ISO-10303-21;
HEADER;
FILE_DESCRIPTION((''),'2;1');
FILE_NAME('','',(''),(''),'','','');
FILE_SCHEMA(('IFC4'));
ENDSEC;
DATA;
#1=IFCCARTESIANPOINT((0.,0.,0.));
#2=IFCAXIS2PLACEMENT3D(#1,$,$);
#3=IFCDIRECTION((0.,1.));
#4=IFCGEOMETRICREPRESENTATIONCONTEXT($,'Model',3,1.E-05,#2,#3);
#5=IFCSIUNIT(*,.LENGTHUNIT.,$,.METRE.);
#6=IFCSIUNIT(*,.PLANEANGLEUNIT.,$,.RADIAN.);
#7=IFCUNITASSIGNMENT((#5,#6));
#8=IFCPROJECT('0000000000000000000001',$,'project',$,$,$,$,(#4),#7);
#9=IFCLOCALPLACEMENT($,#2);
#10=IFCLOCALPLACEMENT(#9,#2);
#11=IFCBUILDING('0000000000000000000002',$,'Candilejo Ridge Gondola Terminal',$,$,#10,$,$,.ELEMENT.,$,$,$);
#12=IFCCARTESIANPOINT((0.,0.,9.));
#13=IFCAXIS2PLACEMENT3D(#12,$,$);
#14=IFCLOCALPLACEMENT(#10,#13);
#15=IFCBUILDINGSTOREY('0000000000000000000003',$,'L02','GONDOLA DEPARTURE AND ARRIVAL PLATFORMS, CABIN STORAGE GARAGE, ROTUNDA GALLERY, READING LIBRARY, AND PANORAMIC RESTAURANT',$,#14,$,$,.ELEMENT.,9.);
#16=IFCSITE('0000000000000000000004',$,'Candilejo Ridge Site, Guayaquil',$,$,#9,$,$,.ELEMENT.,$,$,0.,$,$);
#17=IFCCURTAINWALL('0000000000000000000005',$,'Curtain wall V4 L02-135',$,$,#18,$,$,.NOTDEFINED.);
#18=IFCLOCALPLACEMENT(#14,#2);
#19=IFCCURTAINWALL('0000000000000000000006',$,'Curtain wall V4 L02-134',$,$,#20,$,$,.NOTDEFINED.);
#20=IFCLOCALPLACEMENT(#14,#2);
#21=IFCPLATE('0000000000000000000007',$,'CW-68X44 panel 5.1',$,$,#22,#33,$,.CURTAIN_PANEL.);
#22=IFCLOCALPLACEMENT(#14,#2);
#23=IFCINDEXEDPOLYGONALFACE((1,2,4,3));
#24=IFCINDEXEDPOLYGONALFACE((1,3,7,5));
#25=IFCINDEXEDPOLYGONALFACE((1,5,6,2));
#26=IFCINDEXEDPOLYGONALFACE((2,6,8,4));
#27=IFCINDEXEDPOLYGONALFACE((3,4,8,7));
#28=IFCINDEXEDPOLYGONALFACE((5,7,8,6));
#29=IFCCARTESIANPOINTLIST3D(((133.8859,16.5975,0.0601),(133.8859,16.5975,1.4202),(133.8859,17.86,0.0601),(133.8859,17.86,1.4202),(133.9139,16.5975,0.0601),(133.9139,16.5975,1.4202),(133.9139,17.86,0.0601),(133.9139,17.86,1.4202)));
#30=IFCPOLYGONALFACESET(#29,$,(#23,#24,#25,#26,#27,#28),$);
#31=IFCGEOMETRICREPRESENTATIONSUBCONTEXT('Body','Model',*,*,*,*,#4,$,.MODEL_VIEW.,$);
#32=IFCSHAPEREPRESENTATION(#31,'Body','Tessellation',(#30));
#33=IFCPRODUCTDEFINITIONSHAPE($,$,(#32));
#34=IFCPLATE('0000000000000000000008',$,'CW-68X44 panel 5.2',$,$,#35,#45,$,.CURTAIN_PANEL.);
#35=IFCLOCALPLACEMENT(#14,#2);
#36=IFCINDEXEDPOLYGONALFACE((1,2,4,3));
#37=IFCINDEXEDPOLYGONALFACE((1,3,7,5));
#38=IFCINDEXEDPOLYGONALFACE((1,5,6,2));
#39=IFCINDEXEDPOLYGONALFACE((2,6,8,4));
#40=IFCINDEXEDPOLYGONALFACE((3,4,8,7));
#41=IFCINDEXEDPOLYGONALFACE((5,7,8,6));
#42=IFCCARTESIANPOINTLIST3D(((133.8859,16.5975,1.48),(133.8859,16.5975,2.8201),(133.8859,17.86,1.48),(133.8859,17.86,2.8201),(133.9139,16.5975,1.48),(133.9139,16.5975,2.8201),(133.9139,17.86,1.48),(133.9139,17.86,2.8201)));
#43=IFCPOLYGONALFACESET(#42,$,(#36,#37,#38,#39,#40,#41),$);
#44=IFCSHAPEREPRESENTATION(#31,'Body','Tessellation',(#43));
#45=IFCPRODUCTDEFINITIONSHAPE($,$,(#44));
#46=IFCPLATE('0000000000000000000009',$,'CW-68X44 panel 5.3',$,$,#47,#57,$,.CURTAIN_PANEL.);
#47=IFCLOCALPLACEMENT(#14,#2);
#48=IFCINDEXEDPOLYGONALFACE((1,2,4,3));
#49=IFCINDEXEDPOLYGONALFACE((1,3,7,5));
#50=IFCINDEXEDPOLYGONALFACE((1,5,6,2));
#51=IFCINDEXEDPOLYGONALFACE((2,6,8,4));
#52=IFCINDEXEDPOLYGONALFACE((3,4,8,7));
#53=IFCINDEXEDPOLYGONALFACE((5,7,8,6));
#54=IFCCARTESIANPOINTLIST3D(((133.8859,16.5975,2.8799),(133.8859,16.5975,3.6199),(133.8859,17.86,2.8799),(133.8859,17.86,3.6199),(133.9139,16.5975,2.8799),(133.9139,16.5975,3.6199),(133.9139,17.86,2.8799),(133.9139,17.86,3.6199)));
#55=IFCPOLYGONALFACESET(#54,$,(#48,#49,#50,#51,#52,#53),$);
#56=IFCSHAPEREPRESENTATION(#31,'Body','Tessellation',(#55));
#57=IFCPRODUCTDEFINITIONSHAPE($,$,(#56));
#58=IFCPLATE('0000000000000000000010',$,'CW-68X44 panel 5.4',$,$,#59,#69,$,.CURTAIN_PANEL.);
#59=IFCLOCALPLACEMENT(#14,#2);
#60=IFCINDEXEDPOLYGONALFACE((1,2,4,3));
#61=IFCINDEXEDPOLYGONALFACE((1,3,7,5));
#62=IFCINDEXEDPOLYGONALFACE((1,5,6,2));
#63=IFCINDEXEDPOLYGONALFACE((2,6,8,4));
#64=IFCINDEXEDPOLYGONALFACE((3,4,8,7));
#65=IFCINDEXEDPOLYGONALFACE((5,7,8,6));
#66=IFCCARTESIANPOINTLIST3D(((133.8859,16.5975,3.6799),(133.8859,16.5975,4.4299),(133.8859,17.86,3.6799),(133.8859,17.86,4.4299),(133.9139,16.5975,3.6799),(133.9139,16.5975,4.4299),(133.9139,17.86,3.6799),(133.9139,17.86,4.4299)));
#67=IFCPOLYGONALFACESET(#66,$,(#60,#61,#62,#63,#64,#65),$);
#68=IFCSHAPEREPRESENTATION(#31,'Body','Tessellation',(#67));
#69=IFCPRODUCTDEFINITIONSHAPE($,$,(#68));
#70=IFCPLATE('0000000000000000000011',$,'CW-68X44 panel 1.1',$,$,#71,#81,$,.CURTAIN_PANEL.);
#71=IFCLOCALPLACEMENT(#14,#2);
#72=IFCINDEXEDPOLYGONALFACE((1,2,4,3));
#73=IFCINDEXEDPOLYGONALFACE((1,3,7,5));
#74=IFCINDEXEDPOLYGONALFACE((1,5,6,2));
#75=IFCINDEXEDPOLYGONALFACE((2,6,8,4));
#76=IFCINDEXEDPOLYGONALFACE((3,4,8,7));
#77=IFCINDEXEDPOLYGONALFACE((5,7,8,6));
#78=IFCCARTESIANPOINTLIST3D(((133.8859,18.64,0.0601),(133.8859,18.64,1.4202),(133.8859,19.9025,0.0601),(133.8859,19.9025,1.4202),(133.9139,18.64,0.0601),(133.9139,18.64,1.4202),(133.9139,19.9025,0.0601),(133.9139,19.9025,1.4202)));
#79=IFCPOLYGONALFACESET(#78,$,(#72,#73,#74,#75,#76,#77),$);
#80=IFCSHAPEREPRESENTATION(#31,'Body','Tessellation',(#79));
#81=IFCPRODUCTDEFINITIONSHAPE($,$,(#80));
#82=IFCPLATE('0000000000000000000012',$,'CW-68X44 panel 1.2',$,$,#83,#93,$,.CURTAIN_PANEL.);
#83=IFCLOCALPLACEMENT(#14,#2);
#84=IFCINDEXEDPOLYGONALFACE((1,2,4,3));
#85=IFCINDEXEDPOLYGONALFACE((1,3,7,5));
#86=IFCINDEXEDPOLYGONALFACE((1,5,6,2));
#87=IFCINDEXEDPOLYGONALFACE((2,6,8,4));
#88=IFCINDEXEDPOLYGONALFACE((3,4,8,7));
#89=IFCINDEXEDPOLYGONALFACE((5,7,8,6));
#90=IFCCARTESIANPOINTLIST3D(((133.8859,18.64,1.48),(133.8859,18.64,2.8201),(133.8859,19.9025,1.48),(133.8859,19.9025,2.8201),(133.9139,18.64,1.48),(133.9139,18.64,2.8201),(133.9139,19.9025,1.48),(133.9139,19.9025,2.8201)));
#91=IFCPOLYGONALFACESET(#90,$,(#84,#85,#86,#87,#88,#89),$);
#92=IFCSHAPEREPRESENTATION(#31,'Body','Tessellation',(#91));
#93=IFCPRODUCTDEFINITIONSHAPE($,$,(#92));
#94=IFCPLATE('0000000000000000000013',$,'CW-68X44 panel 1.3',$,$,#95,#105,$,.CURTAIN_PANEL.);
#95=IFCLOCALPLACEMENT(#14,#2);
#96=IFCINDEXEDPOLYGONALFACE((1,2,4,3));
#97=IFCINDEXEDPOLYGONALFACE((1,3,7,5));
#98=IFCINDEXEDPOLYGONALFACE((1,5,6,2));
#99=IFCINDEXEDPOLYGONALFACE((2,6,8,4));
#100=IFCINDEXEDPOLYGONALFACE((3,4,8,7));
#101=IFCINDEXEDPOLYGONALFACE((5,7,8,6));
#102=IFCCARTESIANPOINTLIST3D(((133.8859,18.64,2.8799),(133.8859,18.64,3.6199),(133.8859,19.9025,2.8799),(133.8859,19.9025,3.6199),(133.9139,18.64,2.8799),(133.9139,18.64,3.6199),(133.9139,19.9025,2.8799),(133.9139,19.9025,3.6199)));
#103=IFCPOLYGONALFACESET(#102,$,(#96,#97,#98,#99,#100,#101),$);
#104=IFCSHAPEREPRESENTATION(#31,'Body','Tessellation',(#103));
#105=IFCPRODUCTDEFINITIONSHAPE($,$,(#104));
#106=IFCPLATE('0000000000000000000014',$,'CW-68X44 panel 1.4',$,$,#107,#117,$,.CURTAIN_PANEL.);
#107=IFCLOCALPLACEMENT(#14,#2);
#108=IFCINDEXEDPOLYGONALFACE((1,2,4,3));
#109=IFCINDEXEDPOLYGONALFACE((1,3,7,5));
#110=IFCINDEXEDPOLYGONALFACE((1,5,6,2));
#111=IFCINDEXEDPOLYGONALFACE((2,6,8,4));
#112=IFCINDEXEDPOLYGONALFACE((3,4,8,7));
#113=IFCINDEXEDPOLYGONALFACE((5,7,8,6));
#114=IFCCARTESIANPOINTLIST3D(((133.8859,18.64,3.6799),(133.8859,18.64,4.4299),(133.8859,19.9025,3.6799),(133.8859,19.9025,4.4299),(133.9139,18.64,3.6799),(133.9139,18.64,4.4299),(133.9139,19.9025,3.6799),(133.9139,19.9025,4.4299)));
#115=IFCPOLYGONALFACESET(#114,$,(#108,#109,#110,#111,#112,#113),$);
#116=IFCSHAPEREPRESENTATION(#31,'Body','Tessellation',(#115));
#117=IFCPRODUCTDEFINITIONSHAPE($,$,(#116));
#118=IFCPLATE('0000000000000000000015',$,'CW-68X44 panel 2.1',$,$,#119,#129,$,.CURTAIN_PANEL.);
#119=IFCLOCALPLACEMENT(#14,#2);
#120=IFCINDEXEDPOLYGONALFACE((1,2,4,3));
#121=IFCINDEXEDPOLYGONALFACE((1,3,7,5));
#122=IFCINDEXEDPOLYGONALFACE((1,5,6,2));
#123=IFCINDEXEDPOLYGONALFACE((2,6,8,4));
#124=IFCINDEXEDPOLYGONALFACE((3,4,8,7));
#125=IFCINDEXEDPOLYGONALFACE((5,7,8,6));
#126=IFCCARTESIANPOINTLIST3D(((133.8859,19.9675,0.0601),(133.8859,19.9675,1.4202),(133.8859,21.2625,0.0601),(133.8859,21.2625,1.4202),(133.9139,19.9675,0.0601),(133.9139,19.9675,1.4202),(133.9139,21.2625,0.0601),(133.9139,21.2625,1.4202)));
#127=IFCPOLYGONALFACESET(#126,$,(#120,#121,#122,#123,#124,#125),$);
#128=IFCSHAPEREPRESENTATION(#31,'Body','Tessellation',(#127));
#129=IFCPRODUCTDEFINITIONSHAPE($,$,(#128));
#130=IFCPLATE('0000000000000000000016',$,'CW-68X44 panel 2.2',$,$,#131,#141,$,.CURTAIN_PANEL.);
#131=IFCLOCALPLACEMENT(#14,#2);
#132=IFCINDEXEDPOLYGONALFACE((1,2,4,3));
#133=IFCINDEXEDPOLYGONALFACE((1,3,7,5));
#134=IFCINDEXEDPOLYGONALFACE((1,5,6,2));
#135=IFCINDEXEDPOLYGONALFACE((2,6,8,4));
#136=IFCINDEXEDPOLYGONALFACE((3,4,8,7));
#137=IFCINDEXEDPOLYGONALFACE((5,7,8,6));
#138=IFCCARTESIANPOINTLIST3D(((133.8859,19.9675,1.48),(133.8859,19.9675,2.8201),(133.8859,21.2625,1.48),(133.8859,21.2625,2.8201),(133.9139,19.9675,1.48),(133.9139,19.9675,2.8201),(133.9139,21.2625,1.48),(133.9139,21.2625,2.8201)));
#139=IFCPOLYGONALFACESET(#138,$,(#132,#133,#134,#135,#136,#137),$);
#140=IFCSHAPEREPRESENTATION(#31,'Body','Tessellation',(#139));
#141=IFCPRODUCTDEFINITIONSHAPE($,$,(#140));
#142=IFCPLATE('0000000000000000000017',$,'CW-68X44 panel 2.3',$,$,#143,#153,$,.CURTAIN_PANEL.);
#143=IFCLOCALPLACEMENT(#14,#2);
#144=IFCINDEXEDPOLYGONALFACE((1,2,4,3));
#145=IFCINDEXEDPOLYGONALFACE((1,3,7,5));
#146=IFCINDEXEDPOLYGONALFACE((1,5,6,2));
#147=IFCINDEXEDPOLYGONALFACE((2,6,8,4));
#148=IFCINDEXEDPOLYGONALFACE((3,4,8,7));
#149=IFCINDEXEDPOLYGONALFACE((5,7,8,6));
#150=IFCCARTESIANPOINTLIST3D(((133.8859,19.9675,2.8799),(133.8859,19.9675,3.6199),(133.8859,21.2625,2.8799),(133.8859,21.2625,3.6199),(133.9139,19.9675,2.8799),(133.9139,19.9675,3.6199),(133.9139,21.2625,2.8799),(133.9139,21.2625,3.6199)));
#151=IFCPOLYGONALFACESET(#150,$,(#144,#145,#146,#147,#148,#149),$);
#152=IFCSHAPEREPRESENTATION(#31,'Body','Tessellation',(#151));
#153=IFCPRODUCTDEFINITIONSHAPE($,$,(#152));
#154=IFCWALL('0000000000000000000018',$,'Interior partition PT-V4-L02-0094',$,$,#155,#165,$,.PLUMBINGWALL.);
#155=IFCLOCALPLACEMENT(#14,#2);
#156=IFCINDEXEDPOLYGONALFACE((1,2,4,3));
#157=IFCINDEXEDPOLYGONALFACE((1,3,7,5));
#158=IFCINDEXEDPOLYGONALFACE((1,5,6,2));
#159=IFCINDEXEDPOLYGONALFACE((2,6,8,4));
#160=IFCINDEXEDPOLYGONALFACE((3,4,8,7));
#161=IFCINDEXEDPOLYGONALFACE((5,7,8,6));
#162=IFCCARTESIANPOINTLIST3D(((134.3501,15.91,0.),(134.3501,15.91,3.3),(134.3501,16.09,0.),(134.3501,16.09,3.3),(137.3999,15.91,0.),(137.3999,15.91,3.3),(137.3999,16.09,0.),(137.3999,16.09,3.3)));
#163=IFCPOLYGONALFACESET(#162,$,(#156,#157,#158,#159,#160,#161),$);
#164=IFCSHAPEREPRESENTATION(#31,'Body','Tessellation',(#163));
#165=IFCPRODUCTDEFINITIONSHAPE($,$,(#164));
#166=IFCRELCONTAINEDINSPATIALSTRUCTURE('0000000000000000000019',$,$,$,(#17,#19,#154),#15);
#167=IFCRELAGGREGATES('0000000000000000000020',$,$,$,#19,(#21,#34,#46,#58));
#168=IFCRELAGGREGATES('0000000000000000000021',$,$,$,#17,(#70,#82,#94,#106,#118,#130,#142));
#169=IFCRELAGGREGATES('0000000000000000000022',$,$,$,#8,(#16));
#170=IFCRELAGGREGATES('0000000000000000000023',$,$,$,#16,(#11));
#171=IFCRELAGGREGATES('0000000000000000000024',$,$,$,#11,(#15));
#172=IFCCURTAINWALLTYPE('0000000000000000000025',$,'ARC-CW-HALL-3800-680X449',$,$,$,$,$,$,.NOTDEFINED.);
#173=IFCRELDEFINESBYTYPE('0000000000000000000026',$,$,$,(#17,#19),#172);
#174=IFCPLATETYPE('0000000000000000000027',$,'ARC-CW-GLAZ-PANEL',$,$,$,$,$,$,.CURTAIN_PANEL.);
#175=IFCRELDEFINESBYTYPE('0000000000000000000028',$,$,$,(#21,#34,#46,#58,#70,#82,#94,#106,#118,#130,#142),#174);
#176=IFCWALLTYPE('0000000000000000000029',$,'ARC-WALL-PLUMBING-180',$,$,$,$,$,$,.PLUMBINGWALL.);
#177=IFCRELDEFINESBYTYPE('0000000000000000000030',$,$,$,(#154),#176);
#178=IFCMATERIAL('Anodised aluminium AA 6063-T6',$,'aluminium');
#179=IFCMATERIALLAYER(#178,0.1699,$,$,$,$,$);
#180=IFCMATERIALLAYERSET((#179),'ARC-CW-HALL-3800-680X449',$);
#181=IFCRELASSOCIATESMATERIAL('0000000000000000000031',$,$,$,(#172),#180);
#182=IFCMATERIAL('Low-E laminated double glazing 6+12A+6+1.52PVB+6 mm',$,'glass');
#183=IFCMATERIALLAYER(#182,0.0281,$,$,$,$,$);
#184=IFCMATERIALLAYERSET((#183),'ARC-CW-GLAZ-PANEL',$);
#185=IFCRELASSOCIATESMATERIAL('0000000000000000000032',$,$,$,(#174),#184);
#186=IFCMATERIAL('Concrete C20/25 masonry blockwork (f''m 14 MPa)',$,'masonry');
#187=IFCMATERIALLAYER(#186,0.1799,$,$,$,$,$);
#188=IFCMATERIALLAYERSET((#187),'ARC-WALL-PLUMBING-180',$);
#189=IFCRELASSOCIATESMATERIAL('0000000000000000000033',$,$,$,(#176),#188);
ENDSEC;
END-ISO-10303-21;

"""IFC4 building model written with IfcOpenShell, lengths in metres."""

from ifc_helpers import new_model, si_unit, direction, frame, frame_2d, origin, origin_2d, place, context, subcontext, project, spatial, rectangle, extrude, material, layer, layer_set, type_object, element, aggregate, save


model = new_model("IFC4")

# Units and contexts
model_context = context("Model", 3, precision=1e-05, world=origin(), true_north=direction((0.0, 1.0)))
body_context = subcontext(model_context, "Body", "Model", "MODEL_VIEW")
ifc_project = project(units=[si_unit("LENGTHUNIT", "METRE"), si_unit("PLANEANGLEUNIT", "RADIAN")], contexts=[model_context])

# Site, building, storey
site_placement = place(None, origin())
site = spatial("IfcSite", under=ifc_project, at=site_placement, Name="Candilejo Ridge Site, Guayaquil", CompositionType="ELEMENT", RefElevation=0.0)
building_placement = place(site_placement, origin())
building = spatial("IfcBuilding", under=site, at=building_placement, Name="Candilejo Ridge Gondola Terminal", CompositionType="ELEMENT")
storey_placement = place(building_placement, frame((0.0, 0.0, 9.0)))
storey = spatial("IfcBuildingStorey", under=building, at=storey_placement, Name="L02", Description="GONDOLA DEPARTURE AND ARRIVAL PLATFORMS, CABIN STORAGE GARAGE, ROTUNDA GALLERY, READING LIBRARY, AND PANORAMIC RESTAURANT", CompositionType="ELEMENT", Elevation=9.0)

# Curtain walls
ifc_material_1 = material(Name="Anodised aluminium AA 6063-T6", Category="aluminium")
ifc_layer_1 = layer(ifc_material_1, 0.1699)
ifc_layer_set_1 = layer_set([ifc_layer_1], Name="ARC-CW-HALL-3800-680X449")
curtain_wall_type = type_object("IfcCurtainWallType", Name="ARC-CW-HALL-3800-680X449", PredefinedType="NOTDEFINED", material=ifc_layer_set_1)
curtain_wall_1_placement = place(storey_placement, origin())
curtain_wall_1 = element("IfcCurtainWall", 1, at=curtain_wall_1_placement, inside=storey, type_object=curtain_wall_type, Name="Curtain wall V4 L02-135", PredefinedType="NOTDEFINED")
curtain_wall_2_placement = place(storey_placement, origin())
curtain_wall_2 = element("IfcCurtainWall", 2, at=curtain_wall_2_placement, inside=storey, type_object=curtain_wall_type, Name="Curtain wall V4 L02-134", PredefinedType="NOTDEFINED")

# Plates
ifc_material_2 = material(Name="Low-E laminated double glazing 6+12A+6+1.52PVB+6 mm", Category="glass")
ifc_layer_2 = layer(ifc_material_2, 0.0281)
ifc_layer_set_2 = layer_set([ifc_layer_2], Name="ARC-CW-GLAZ-PANEL")
plate_type = type_object("IfcPlateType", Name="ARC-CW-GLAZ-PANEL", PredefinedType="CURTAIN_PANEL", material=ifc_layer_set_2)
plate_1_placement = place(storey_placement, frame((133.8999, 17.2288, 0.0601), z_axis=(0.0, 0.0, 1.0), x_axis=(0.0, 1.0, 0.0)))
plate_1 = element("IfcPlate", 3, at=plate_1_placement, type_object=plate_type, Name="CW-68X44 panel 5.1", PredefinedType="CURTAIN_PANEL", context=body_context, shape_type="SweptSolid", body=[
    extrude(rectangle(XDim=1.2625, YDim=0.0281, at=origin_2d()), origin(), (0.0, 0.0, 1.0), 1.3601),
])
plate_2_placement = place(storey_placement, frame((133.8999, 17.2288, 1.48), z_axis=(0.0, 0.0, 1.0), x_axis=(0.0, 1.0, 0.0)))
plate_2 = element("IfcPlate", 4, at=plate_2_placement, type_object=plate_type, Name="CW-68X44 panel 5.2", PredefinedType="CURTAIN_PANEL", context=body_context, shape_type="SweptSolid", body=[
    extrude(rectangle(XDim=1.2625, YDim=0.0281, at=origin_2d()), origin(), (0.0, 0.0, 1.0), 1.3401),
])
plate_3_placement = place(storey_placement, frame((133.8999, 17.2288, 2.8799), z_axis=(0.0, 0.0, 1.0), x_axis=(0.0, 1.0, 0.0)))
plate_3 = element("IfcPlate", 5, at=plate_3_placement, type_object=plate_type, Name="CW-68X44 panel 5.3", PredefinedType="CURTAIN_PANEL", context=body_context, shape_type="SweptSolid", body=[
    extrude(rectangle(XDim=1.2625, YDim=0.0281, at=origin_2d()), origin(), (0.0, 0.0, 1.0), 0.74),
])
plate_4_placement = place(storey_placement, frame((133.8999, 17.2288, 3.6799), z_axis=(0.0, 0.0, 1.0), x_axis=(0.0, 1.0, 0.0)))
plate_4 = element("IfcPlate", 6, at=plate_4_placement, type_object=plate_type, Name="CW-68X44 panel 5.4", PredefinedType="CURTAIN_PANEL", context=body_context, shape_type="SweptSolid", body=[
    extrude(rectangle(XDim=1.2625, YDim=0.0281, at=origin_2d()), origin(), (0.0, 0.0, 1.0), 0.75),
])
aggregate(curtain_wall_2, [plate_1, plate_2, plate_3, plate_4])
plate_5_placement = place(storey_placement, frame((133.8999, 19.2712, 0.0601), z_axis=(0.0, 0.0, 1.0), x_axis=(0.0, 1.0, 0.0)))
plate_5 = element("IfcPlate", 7, at=plate_5_placement, type_object=plate_type, Name="CW-68X44 panel 1.1", PredefinedType="CURTAIN_PANEL", context=body_context, shape_type="SweptSolid", body=[
    extrude(rectangle(XDim=1.2625, YDim=0.0281, at=origin_2d()), origin(), (0.0, 0.0, 1.0), 1.3601),
])
plate_6_placement = place(storey_placement, frame((133.8999, 19.2712, 1.48), z_axis=(0.0, 0.0, 1.0), x_axis=(0.0, 1.0, 0.0)))
plate_6 = element("IfcPlate", 8, at=plate_6_placement, type_object=plate_type, Name="CW-68X44 panel 1.2", PredefinedType="CURTAIN_PANEL", context=body_context, shape_type="SweptSolid", body=[
    extrude(rectangle(XDim=1.2625, YDim=0.0281, at=origin_2d()), origin(), (0.0, 0.0, 1.0), 1.3401),
])
plate_7_placement = place(storey_placement, frame((133.8999, 19.2712, 2.8799), z_axis=(0.0, 0.0, 1.0), x_axis=(0.0, 1.0, 0.0)))
plate_7 = element("IfcPlate", 9, at=plate_7_placement, type_object=plate_type, Name="CW-68X44 panel 1.3", PredefinedType="CURTAIN_PANEL", context=body_context, shape_type="SweptSolid", body=[
    extrude(rectangle(XDim=1.2625, YDim=0.0281, at=origin_2d()), origin(), (0.0, 0.0, 1.0), 0.74),
])
plate_8_placement = place(storey_placement, frame((133.8999, 19.2712, 3.6799), z_axis=(0.0, 0.0, 1.0), x_axis=(0.0, 1.0, 0.0)))
plate_8 = element("IfcPlate", 10, at=plate_8_placement, type_object=plate_type, Name="CW-68X44 panel 1.4", PredefinedType="CURTAIN_PANEL", context=body_context, shape_type="SweptSolid", body=[
    extrude(rectangle(XDim=1.2625, YDim=0.0281, at=origin_2d()), origin(), (0.0, 0.0, 1.0), 0.75),
])
plate_9_placement = place(storey_placement, frame((133.8999, 20.615, 0.0601), z_axis=(0.0, 0.0, 1.0), x_axis=(0.0, 1.0, 0.0)))
plate_9 = element("IfcPlate", 11, at=plate_9_placement, type_object=plate_type, Name="CW-68X44 panel 2.1", PredefinedType="CURTAIN_PANEL", context=body_context, shape_type="SweptSolid", body=[
    extrude(rectangle(XDim=1.2949, YDim=0.0281, at=origin_2d()), origin(), (0.0, 0.0, 1.0), 1.3601),
])
plate_10_placement = place(storey_placement, frame((133.8999, 20.615, 1.48), z_axis=(0.0, 0.0, 1.0), x_axis=(0.0, 1.0, 0.0)))
plate_10 = element("IfcPlate", 12, at=plate_10_placement, type_object=plate_type, Name="CW-68X44 panel 2.2", PredefinedType="CURTAIN_PANEL", context=body_context, shape_type="SweptSolid", body=[
    extrude(rectangle(XDim=1.2949, YDim=0.0281, at=origin_2d()), origin(), (0.0, 0.0, 1.0), 1.3401),
])
plate_11_placement = place(storey_placement, frame((133.8999, 20.615, 2.8799), z_axis=(0.0, 0.0, 1.0), x_axis=(0.0, 1.0, 0.0)))
plate_11 = element("IfcPlate", 13, at=plate_11_placement, type_object=plate_type, Name="CW-68X44 panel 2.3", PredefinedType="CURTAIN_PANEL", context=body_context, shape_type="SweptSolid", body=[
    extrude(rectangle(XDim=1.2949, YDim=0.0281, at=origin_2d()), origin(), (0.0, 0.0, 1.0), 0.74),
])
aggregate(curtain_wall_1, [plate_5, plate_6, plate_7, plate_8, plate_9, plate_10, plate_11])

# Wall
ifc_material_3 = material(Name="Concrete C20/25 masonry blockwork (f'm 14 MPa)", Category="masonry")
ifc_layer_3 = layer(ifc_material_3, 0.1799)
ifc_layer_set_3 = layer_set([ifc_layer_3], Name="ARC-WALL-PLUMBING-180")
wall_type = type_object("IfcWallType", Name="ARC-WALL-PLUMBING-180", PredefinedType="PLUMBINGWALL", material=ifc_layer_set_3)
wall_placement = place(storey_placement, frame((134.3501, 16.0, 0.0), z_axis=(0.0, 0.0, 1.0), x_axis=(1.0, 0.0, 0.0)))
element("IfcWall", 14, at=wall_placement, inside=storey, type_object=wall_type, Name="Interior partition PT-V4-L02-0094", PredefinedType="PLUMBINGWALL", context=body_context, shape_type="SweptSolid", body=[
    extrude(rectangle(XDim=3.0498, YDim=0.1799, at=frame_2d((1.5249, 0.0))), origin(), (0.0, 0.0, 1.0), 3.3),
])

save(model, "model.ifc")
